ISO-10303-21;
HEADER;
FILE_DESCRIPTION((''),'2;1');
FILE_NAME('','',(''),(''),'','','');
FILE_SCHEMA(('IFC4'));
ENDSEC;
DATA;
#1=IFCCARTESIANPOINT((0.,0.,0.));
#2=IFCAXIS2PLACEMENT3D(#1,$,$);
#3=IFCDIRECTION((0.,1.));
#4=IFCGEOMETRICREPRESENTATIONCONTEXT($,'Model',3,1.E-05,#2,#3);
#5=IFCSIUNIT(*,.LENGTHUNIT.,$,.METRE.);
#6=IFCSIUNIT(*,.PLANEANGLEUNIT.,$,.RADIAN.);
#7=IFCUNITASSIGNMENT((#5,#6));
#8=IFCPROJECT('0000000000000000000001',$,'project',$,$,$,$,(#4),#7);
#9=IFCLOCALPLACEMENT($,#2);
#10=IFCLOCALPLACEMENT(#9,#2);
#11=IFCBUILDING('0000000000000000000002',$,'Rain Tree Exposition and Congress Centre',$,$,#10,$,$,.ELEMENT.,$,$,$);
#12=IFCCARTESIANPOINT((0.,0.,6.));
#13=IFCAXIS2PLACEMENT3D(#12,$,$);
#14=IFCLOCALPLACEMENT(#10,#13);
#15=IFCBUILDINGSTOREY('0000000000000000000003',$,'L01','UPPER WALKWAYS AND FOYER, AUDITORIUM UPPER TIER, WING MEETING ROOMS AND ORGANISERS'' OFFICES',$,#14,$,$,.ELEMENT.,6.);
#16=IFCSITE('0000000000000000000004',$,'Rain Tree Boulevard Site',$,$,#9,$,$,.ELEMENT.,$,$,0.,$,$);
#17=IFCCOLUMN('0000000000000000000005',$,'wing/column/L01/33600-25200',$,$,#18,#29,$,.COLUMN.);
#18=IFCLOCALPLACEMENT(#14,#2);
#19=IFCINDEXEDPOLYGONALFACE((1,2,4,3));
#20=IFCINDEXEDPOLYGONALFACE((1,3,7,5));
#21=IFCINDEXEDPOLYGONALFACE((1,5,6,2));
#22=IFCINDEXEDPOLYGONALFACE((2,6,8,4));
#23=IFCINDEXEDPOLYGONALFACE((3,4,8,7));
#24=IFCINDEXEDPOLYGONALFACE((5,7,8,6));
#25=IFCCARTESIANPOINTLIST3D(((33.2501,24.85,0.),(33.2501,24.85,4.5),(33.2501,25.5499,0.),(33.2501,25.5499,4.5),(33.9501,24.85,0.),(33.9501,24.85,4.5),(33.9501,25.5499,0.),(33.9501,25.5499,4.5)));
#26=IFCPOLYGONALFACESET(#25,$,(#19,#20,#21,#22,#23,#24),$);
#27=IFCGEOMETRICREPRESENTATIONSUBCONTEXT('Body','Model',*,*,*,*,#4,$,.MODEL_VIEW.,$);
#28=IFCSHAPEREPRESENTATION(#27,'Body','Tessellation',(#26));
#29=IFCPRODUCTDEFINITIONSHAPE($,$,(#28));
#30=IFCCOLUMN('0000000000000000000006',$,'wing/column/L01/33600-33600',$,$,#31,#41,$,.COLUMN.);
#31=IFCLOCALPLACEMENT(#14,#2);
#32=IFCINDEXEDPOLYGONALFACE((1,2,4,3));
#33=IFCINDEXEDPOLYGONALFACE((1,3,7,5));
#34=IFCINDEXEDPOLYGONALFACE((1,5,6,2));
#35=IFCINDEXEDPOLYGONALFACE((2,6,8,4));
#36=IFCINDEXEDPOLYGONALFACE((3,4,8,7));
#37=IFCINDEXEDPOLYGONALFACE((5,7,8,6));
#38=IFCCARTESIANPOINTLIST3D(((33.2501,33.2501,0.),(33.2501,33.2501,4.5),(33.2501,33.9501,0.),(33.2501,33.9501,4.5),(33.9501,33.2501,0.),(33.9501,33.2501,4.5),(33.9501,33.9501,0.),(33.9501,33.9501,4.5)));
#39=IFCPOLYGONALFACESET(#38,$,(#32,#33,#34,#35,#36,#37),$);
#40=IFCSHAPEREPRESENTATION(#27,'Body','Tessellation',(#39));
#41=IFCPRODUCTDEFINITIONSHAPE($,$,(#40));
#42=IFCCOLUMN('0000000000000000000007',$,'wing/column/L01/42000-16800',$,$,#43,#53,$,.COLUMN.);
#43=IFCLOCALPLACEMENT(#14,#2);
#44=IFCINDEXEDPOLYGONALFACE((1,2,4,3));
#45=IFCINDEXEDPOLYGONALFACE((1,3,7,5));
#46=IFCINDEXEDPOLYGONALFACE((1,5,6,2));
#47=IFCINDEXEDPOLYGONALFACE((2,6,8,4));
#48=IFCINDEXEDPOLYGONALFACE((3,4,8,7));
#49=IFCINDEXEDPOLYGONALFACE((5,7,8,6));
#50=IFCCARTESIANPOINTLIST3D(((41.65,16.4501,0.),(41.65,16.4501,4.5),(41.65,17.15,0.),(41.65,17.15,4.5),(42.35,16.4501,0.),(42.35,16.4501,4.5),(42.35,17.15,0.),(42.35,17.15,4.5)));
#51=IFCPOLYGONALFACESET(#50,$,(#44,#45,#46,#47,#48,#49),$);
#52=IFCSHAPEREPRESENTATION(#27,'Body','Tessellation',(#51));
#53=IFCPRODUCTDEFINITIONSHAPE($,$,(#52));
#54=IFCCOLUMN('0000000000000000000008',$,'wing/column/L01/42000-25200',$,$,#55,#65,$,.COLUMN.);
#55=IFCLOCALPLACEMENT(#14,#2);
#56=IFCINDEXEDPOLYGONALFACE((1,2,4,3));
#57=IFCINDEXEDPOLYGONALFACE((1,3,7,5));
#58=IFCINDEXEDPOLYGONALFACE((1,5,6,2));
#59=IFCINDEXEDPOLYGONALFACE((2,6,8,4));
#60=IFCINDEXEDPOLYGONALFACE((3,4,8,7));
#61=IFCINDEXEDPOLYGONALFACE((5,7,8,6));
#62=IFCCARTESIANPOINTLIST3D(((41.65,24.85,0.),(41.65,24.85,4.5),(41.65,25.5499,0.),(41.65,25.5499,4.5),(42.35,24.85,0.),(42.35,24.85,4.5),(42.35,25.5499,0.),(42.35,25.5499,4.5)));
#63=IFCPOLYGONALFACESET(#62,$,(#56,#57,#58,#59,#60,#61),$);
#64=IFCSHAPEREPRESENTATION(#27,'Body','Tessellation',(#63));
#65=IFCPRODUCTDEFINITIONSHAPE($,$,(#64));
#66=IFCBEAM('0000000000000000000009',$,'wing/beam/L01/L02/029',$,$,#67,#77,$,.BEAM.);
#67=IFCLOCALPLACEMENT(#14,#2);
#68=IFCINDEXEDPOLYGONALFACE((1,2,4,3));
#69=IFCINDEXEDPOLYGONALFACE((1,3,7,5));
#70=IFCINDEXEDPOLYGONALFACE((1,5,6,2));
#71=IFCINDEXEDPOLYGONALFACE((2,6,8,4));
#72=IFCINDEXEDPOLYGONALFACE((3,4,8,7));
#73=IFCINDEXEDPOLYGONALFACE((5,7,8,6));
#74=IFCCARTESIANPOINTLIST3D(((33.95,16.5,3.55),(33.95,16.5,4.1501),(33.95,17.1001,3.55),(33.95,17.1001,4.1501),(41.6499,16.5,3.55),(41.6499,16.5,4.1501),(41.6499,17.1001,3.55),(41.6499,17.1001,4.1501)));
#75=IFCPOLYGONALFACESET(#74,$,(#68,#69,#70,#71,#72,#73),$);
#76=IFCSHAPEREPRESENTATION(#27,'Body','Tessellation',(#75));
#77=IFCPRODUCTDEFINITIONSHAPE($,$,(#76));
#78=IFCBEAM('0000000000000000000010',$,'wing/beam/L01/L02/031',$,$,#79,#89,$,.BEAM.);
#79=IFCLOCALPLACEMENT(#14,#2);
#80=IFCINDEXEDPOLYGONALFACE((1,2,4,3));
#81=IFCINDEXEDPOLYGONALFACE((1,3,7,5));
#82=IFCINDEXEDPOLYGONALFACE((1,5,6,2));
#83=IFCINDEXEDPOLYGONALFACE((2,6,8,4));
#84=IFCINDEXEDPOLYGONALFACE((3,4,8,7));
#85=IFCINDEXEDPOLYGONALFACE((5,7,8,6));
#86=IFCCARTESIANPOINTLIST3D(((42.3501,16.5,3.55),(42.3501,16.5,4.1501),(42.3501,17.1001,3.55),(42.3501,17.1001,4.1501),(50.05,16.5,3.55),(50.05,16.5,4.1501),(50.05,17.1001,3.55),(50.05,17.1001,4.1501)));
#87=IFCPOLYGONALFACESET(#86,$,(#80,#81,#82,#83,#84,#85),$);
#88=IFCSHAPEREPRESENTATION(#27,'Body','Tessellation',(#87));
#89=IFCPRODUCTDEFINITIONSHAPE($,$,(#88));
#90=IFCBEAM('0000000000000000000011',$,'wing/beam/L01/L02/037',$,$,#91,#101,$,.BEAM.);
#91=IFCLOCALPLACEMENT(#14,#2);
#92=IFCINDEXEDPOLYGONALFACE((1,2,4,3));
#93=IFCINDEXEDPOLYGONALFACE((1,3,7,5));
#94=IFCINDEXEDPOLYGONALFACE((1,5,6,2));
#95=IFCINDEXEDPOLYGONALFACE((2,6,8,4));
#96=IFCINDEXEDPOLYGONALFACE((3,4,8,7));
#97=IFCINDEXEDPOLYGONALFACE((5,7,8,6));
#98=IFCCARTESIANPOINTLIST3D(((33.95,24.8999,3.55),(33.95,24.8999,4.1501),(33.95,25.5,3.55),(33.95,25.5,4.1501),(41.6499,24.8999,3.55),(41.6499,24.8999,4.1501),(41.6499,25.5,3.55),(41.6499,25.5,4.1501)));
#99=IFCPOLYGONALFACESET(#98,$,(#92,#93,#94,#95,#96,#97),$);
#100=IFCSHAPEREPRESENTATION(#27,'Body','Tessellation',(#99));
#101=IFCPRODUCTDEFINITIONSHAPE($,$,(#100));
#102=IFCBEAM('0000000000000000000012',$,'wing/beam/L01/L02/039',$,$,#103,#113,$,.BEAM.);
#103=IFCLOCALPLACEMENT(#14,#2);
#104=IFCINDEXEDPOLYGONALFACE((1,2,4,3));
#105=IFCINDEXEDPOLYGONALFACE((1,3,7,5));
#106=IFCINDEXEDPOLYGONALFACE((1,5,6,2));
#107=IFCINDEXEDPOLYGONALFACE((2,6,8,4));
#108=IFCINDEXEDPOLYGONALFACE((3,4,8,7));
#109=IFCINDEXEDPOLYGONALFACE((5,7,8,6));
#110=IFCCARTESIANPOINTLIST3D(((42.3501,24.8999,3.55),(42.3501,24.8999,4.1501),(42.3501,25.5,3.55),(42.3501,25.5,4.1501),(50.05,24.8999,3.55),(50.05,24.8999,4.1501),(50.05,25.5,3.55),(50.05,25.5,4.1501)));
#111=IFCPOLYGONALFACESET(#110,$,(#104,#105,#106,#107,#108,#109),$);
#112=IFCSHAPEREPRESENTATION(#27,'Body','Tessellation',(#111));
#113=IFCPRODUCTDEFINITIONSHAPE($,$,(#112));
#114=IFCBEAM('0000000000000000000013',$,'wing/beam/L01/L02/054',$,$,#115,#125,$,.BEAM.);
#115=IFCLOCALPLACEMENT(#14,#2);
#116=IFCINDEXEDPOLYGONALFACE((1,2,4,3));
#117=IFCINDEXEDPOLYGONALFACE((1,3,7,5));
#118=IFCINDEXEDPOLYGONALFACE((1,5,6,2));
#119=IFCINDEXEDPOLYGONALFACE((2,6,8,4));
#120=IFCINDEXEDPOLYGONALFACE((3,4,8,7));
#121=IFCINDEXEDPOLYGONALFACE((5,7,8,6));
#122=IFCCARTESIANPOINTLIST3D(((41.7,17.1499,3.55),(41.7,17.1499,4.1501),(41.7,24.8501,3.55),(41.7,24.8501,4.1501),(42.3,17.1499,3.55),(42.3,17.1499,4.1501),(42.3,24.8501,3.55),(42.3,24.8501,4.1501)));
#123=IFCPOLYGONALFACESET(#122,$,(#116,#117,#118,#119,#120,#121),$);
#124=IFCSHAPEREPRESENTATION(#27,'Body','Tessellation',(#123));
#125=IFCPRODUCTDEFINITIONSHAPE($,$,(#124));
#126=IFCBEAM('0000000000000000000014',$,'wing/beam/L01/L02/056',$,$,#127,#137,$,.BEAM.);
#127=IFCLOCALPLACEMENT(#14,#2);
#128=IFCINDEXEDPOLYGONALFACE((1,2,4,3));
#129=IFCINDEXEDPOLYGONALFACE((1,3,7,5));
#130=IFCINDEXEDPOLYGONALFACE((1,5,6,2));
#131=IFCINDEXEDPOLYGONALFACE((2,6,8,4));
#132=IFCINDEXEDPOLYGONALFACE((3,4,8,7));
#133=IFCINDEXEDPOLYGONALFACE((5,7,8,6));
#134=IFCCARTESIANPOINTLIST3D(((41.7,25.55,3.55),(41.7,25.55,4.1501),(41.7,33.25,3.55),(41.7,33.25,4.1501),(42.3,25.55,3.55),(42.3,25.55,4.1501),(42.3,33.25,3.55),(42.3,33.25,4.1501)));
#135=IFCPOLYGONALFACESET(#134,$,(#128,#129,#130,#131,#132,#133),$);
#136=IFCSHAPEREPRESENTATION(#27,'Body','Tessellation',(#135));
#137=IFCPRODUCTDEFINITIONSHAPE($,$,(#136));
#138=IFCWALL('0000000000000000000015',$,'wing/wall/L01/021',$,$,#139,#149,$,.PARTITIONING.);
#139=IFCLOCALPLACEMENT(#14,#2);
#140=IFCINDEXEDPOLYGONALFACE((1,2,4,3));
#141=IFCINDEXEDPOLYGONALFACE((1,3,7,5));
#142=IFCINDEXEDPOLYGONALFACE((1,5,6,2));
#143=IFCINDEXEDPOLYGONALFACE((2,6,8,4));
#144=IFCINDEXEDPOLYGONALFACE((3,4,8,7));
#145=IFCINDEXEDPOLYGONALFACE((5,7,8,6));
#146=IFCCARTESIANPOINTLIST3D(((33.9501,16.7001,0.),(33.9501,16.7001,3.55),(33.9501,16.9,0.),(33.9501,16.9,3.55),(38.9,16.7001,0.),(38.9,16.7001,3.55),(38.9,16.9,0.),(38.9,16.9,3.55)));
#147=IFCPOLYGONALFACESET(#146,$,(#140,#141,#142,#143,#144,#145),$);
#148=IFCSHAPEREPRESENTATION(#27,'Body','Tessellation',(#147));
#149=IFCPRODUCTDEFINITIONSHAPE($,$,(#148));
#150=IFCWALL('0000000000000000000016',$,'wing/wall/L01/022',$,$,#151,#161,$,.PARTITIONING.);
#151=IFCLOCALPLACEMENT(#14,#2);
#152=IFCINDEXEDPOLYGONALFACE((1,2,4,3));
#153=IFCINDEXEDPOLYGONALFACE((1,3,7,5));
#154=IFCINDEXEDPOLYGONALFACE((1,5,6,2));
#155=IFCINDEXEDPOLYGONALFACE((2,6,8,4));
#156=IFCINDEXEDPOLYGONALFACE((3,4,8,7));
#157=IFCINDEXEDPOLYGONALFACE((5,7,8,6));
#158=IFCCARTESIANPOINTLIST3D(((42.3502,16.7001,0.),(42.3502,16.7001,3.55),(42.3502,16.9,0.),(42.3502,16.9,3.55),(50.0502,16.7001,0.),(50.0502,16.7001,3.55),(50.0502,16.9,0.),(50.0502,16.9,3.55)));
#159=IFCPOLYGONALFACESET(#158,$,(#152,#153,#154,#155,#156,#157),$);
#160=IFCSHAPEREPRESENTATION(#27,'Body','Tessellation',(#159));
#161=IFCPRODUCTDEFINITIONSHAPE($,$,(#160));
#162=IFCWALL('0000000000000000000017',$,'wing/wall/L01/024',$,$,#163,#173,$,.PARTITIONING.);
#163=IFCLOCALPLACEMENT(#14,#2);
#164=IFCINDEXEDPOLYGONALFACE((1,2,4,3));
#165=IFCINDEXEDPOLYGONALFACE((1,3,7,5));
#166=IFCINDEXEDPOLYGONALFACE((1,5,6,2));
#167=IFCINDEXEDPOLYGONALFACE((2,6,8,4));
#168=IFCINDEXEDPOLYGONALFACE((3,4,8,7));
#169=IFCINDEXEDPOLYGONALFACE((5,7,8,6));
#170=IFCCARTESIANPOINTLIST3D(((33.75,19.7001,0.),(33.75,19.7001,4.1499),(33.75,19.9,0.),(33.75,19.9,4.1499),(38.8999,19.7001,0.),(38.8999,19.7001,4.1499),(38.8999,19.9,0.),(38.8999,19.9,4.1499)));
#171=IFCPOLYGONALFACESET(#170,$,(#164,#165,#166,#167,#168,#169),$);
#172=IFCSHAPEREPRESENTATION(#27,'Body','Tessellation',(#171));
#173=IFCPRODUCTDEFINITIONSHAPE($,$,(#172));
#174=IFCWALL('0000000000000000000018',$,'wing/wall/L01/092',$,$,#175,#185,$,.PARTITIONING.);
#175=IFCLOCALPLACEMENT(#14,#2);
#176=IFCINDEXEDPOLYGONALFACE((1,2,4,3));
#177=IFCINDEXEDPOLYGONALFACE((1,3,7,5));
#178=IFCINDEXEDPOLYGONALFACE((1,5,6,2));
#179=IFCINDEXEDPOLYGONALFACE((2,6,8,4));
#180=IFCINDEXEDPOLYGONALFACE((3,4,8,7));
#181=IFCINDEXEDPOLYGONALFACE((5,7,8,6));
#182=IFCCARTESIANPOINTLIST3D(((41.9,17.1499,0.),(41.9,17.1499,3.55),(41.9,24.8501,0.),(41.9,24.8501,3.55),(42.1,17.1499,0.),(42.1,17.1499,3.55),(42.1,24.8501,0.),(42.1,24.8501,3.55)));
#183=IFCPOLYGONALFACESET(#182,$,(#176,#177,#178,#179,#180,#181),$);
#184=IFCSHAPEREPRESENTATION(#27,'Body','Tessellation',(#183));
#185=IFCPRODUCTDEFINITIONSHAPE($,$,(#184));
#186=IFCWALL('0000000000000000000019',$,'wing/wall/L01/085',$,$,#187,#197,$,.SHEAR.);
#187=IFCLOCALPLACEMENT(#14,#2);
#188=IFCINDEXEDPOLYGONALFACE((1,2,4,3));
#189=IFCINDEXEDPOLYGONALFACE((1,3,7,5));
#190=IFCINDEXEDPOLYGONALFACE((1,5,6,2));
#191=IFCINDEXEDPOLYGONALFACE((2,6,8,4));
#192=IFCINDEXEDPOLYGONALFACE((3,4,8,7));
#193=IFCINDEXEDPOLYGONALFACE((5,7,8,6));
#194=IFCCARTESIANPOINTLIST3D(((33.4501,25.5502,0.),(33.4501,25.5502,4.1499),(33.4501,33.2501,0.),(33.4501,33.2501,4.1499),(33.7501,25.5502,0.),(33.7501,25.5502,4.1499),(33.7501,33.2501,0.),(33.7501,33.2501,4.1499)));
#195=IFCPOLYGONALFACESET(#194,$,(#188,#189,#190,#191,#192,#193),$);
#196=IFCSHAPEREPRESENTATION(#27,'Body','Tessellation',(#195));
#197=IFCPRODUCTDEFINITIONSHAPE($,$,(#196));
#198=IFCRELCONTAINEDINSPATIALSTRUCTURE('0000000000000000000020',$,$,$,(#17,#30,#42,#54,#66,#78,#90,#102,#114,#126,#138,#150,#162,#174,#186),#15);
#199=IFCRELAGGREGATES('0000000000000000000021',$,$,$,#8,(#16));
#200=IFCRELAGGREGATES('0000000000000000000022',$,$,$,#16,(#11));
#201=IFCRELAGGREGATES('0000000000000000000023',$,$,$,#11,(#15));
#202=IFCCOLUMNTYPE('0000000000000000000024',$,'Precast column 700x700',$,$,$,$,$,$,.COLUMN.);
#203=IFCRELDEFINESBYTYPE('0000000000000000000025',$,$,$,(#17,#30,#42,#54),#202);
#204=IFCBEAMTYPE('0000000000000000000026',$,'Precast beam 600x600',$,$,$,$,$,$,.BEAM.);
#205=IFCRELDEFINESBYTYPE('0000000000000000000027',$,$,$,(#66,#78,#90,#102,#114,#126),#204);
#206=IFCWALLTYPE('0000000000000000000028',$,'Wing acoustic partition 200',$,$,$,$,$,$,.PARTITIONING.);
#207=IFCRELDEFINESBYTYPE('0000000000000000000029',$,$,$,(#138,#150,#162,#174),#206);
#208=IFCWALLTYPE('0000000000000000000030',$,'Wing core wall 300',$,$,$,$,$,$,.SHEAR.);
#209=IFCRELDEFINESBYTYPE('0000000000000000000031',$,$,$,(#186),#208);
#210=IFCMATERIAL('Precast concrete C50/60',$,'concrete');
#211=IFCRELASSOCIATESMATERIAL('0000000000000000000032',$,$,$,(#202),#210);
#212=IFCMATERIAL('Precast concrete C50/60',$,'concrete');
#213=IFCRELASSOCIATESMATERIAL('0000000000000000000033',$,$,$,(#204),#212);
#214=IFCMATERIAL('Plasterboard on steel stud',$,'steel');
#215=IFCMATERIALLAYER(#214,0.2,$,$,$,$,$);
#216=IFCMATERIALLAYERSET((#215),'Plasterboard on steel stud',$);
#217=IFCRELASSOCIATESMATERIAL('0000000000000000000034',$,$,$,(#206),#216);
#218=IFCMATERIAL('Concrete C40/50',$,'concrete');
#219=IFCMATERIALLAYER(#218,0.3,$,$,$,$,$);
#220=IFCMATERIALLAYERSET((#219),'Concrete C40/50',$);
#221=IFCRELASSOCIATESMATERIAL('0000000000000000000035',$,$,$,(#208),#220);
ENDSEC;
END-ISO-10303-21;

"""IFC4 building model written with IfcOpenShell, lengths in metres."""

from ifc_helpers import new_model, si_unit, direction, frame, frame_2d, origin, origin_2d, place, context, subcontext, project, spatial, rectangle, extrude, material, layer, layer_set, material_profile, profile_set, type_object, element, save


model = new_model("IFC4")

# Units and contexts
model_context = context("Model", 3, precision=1e-05, world=origin(), true_north=direction((0.0, 1.0)))
body_context = subcontext(model_context, "Body", "Model", "MODEL_VIEW")
ifc_project = project(units=[si_unit("LENGTHUNIT", "METRE"), si_unit("PLANEANGLEUNIT", "RADIAN")], contexts=[model_context])

# Site, building, storey
site_placement = place(None, origin())
site = spatial("IfcSite", under=ifc_project, at=site_placement, Name="Rain Tree Boulevard Site", CompositionType="ELEMENT", RefElevation=0.0)
building_placement = place(site_placement, origin())
building = spatial("IfcBuilding", under=site, at=building_placement, Name="Rain Tree Exposition and Congress Centre", CompositionType="ELEMENT")
storey_placement = place(building_placement, frame((0.0, 0.0, 6.0)))
storey = spatial("IfcBuildingStorey", under=building, at=storey_placement, Name="L01", Description="UPPER WALKWAYS AND FOYER, AUDITORIUM UPPER TIER, WING MEETING ROOMS AND ORGANISERS' OFFICES", CompositionType="ELEMENT", Elevation=6.0)

# Columns
ifc_material_1 = material(Name="Precast concrete C50/60", Category="concrete")
ifc_material_profile_1 = material_profile(ifc_material_1, rectangle(XDim=0.7, YDim=0.7, at=origin_2d()), Name="RC 700x700")
ifc_profile_set_1 = profile_set([ifc_material_profile_1], Name="Precast concrete C50/60")
column_type = type_object("IfcColumnType", Name="Precast column 700x700", PredefinedType="COLUMN", material=ifc_profile_set_1)
for number, where, z_axis, x_axis, name in (
    (1, (33.6001, 25.2, 0.0), (0.0, 0.0, 1.0), (1.0, 0.0, 0.0), "wing/column/L01/33600-25200"),
    (2, (33.6001, 33.6001, 0.0), (0.0, 0.0, 1.0), (1.0, 0.0, 0.0), "wing/column/L01/33600-33600"),
    (3, (42.0, 16.8, 0.0), (0.0, 0.0, 1.0), (1.0, 0.0, 0.0), "wing/column/L01/42000-16800"),
    (4, (42.0, 25.2, 0.0), (0.0, 0.0, 1.0), (1.0, 0.0, 0.0), "wing/column/L01/42000-25200"),
):
    element("IfcColumn", number, at=place(storey_placement, frame(where, z_axis=z_axis, x_axis=x_axis)), inside=storey, type_object=column_type, Name=name, PredefinedType="COLUMN", context=body_context, shape_type="SweptSolid", body=[
        extrude(rectangle(XDim=0.7, YDim=0.7, at=origin_2d()), origin(), (0.0, 0.0, 1.0), 4.5),
    ])

# Beams
ifc_material_2 = material(Name="Precast concrete C50/60", Category="concrete")
ifc_material_profile_2 = material_profile(ifc_material_2, rectangle(XDim=0.6001, YDim=0.6001, at=origin_2d()), Name="RC 600x600")
ifc_profile_set_2 = profile_set([ifc_material_profile_2], Name="Precast concrete C50/60")
beam_type = type_object("IfcBeamType", Name="Precast beam 600x600", PredefinedType="BEAM", material=ifc_profile_set_2)
for number, where, z_axis, x_axis, name in (
    (5, (33.95, 16.8, 3.8501), (1.0, 0.0, 0.0), (0.0, 1.0, 0.0), "wing/beam/L01/L02/029"),
    (6, (42.3501, 16.8, 3.8501), (1.0, 0.0, 0.0), (0.0, 1.0, 0.0), "wing/beam/L01/L02/031"),
    (7, (33.95, 25.2, 3.8501), (1.0, 0.0, 0.0), (0.0, 1.0, 0.0), "wing/beam/L01/L02/037"),
    (8, (42.3501, 25.2, 3.8501), (1.0, 0.0, 0.0), (0.0, 1.0, 0.0), "wing/beam/L01/L02/039"),
):
    element("IfcBeam", number, at=place(storey_placement, frame(where, z_axis=z_axis, x_axis=x_axis)), inside=storey, type_object=beam_type, Name=name, PredefinedType="BEAM", context=body_context, shape_type="SweptSolid", body=[
        extrude(rectangle(XDim=0.6001, YDim=0.6001, at=origin_2d()), origin(), (0.0, 0.0, 1.0), 7.7),
    ])
beam_1_placement = place(storey_placement, frame((42.0, 17.1499, 3.8501), z_axis=(0.0, 1.0, 0.0), x_axis=(-1.0, 0.0, 0.0)))
element("IfcBeam", 9, at=beam_1_placement, inside=storey, type_object=beam_type, Name="wing/beam/L01/L02/054", PredefinedType="BEAM", context=body_context, shape_type="SweptSolid", body=[
    extrude(rectangle(XDim=0.6001, YDim=0.6001, at=origin_2d()), origin(), (0.0, 0.0, 1.0), 7.7002),
])
beam_2_placement = place(storey_placement, frame((42.0, 25.55, 3.8501), z_axis=(0.0, 1.0, 0.0), x_axis=(-1.0, 0.0, 0.0)))
element("IfcBeam", 10, at=beam_2_placement, inside=storey, type_object=beam_type, Name="wing/beam/L01/L02/056", PredefinedType="BEAM", context=body_context, shape_type="SweptSolid", body=[
    extrude(rectangle(XDim=0.6001, YDim=0.6001, at=origin_2d()), origin(), (0.0, 0.0, 1.0), 7.7),
])

# Walls
ifc_material_3 = material(Name="Plasterboard on steel stud", Category="steel")
ifc_layer_1 = layer(ifc_material_3, 0.2)
ifc_layer_set_1 = layer_set([ifc_layer_1], Name="Plasterboard on steel stud")
wall_type_1 = type_object("IfcWallType", Name="Wing acoustic partition 200", PredefinedType="PARTITIONING", material=ifc_layer_set_1)
wall_1_placement = place(storey_placement, frame((33.95, 16.8, 0.0), z_axis=(0.0, 0.0, 1.0), x_axis=(1.0, 0.0, 0.0)))
element("IfcWall", 11, at=wall_1_placement, inside=storey, type_object=wall_type_1, Name="wing/wall/L01/021", PredefinedType="PARTITIONING", context=body_context, shape_type="SweptSolid", body=[
    extrude(rectangle(XDim=4.95, YDim=0.2, at=frame_2d((2.4751, 0.0))), origin(), (0.0, 0.0, 1.0), 3.55),
])
wall_2_placement = place(storey_placement, frame((42.3501, 16.8, 0.0), z_axis=(0.0, 0.0, 1.0), x_axis=(1.0, 0.0, 0.0)))
element("IfcWall", 12, at=wall_2_placement, inside=storey, type_object=wall_type_1, Name="wing/wall/L01/022", PredefinedType="PARTITIONING", context=body_context, shape_type="SweptSolid", body=[
    extrude(rectangle(XDim=7.7, YDim=0.2, at=frame_2d((3.8501, 0.0))), origin(), (0.0, 0.0, 1.0), 3.55),
])
wall_3_placement = place(storey_placement, frame((33.75, 19.8, 0.0), z_axis=(0.0, 0.0, 1.0), x_axis=(1.0, 0.0, 0.0)))
element("IfcWall", 13, at=wall_3_placement, inside=storey, type_object=wall_type_1, Name="wing/wall/L01/024", PredefinedType="PARTITIONING", context=body_context, shape_type="SweptSolid", body=[
    extrude(rectangle(XDim=5.1499, YDim=0.2, at=frame_2d((2.575, 0.0))), origin(), (0.0, 0.0, 1.0), 4.1499),
])

# Wall
wall_4_placement = place(storey_placement, frame((42.0, 17.1499, 0.0), z_axis=(0.0, 0.0, 1.0), x_axis=(0.0, 1.0, 0.0)))
element("IfcWall", 14, at=wall_4_placement, inside=storey, type_object=wall_type_1, Name="wing/wall/L01/092", PredefinedType="PARTITIONING", context=body_context, shape_type="SweptSolid", body=[
    extrude(rectangle(XDim=7.7002, YDim=0.2, at=frame_2d((3.8501, 0.0))), origin(), (0.0, 0.0, 1.0), 3.55),
])

# Wall
ifc_material_4 = material(Name="Concrete C40/50", Category="concrete")
ifc_layer_2 = layer(ifc_material_4, 0.3)
ifc_layer_set_2 = layer_set([ifc_layer_2], Name="Concrete C40/50")
wall_type_2 = type_object("IfcWallType", Name="Wing core wall 300", PredefinedType="SHEAR", material=ifc_layer_set_2)
wall_5_placement = place(storey_placement, frame((33.6001, 25.55, 0.0), z_axis=(0.0, 0.0, 1.0), x_axis=(0.0, 1.0, 0.0)))
element("IfcWall", 15, at=wall_5_placement, inside=storey, type_object=wall_type_2, Name="wing/wall/L01/085", PredefinedType="SHEAR", context=body_context, shape_type="SweptSolid", body=[
    extrude(rectangle(XDim=7.7, YDim=0.3, at=frame_2d((3.8501, 0.0))), origin(), (0.0, 0.0, 1.0), 4.1499),
])

save(model, "model.ifc")
